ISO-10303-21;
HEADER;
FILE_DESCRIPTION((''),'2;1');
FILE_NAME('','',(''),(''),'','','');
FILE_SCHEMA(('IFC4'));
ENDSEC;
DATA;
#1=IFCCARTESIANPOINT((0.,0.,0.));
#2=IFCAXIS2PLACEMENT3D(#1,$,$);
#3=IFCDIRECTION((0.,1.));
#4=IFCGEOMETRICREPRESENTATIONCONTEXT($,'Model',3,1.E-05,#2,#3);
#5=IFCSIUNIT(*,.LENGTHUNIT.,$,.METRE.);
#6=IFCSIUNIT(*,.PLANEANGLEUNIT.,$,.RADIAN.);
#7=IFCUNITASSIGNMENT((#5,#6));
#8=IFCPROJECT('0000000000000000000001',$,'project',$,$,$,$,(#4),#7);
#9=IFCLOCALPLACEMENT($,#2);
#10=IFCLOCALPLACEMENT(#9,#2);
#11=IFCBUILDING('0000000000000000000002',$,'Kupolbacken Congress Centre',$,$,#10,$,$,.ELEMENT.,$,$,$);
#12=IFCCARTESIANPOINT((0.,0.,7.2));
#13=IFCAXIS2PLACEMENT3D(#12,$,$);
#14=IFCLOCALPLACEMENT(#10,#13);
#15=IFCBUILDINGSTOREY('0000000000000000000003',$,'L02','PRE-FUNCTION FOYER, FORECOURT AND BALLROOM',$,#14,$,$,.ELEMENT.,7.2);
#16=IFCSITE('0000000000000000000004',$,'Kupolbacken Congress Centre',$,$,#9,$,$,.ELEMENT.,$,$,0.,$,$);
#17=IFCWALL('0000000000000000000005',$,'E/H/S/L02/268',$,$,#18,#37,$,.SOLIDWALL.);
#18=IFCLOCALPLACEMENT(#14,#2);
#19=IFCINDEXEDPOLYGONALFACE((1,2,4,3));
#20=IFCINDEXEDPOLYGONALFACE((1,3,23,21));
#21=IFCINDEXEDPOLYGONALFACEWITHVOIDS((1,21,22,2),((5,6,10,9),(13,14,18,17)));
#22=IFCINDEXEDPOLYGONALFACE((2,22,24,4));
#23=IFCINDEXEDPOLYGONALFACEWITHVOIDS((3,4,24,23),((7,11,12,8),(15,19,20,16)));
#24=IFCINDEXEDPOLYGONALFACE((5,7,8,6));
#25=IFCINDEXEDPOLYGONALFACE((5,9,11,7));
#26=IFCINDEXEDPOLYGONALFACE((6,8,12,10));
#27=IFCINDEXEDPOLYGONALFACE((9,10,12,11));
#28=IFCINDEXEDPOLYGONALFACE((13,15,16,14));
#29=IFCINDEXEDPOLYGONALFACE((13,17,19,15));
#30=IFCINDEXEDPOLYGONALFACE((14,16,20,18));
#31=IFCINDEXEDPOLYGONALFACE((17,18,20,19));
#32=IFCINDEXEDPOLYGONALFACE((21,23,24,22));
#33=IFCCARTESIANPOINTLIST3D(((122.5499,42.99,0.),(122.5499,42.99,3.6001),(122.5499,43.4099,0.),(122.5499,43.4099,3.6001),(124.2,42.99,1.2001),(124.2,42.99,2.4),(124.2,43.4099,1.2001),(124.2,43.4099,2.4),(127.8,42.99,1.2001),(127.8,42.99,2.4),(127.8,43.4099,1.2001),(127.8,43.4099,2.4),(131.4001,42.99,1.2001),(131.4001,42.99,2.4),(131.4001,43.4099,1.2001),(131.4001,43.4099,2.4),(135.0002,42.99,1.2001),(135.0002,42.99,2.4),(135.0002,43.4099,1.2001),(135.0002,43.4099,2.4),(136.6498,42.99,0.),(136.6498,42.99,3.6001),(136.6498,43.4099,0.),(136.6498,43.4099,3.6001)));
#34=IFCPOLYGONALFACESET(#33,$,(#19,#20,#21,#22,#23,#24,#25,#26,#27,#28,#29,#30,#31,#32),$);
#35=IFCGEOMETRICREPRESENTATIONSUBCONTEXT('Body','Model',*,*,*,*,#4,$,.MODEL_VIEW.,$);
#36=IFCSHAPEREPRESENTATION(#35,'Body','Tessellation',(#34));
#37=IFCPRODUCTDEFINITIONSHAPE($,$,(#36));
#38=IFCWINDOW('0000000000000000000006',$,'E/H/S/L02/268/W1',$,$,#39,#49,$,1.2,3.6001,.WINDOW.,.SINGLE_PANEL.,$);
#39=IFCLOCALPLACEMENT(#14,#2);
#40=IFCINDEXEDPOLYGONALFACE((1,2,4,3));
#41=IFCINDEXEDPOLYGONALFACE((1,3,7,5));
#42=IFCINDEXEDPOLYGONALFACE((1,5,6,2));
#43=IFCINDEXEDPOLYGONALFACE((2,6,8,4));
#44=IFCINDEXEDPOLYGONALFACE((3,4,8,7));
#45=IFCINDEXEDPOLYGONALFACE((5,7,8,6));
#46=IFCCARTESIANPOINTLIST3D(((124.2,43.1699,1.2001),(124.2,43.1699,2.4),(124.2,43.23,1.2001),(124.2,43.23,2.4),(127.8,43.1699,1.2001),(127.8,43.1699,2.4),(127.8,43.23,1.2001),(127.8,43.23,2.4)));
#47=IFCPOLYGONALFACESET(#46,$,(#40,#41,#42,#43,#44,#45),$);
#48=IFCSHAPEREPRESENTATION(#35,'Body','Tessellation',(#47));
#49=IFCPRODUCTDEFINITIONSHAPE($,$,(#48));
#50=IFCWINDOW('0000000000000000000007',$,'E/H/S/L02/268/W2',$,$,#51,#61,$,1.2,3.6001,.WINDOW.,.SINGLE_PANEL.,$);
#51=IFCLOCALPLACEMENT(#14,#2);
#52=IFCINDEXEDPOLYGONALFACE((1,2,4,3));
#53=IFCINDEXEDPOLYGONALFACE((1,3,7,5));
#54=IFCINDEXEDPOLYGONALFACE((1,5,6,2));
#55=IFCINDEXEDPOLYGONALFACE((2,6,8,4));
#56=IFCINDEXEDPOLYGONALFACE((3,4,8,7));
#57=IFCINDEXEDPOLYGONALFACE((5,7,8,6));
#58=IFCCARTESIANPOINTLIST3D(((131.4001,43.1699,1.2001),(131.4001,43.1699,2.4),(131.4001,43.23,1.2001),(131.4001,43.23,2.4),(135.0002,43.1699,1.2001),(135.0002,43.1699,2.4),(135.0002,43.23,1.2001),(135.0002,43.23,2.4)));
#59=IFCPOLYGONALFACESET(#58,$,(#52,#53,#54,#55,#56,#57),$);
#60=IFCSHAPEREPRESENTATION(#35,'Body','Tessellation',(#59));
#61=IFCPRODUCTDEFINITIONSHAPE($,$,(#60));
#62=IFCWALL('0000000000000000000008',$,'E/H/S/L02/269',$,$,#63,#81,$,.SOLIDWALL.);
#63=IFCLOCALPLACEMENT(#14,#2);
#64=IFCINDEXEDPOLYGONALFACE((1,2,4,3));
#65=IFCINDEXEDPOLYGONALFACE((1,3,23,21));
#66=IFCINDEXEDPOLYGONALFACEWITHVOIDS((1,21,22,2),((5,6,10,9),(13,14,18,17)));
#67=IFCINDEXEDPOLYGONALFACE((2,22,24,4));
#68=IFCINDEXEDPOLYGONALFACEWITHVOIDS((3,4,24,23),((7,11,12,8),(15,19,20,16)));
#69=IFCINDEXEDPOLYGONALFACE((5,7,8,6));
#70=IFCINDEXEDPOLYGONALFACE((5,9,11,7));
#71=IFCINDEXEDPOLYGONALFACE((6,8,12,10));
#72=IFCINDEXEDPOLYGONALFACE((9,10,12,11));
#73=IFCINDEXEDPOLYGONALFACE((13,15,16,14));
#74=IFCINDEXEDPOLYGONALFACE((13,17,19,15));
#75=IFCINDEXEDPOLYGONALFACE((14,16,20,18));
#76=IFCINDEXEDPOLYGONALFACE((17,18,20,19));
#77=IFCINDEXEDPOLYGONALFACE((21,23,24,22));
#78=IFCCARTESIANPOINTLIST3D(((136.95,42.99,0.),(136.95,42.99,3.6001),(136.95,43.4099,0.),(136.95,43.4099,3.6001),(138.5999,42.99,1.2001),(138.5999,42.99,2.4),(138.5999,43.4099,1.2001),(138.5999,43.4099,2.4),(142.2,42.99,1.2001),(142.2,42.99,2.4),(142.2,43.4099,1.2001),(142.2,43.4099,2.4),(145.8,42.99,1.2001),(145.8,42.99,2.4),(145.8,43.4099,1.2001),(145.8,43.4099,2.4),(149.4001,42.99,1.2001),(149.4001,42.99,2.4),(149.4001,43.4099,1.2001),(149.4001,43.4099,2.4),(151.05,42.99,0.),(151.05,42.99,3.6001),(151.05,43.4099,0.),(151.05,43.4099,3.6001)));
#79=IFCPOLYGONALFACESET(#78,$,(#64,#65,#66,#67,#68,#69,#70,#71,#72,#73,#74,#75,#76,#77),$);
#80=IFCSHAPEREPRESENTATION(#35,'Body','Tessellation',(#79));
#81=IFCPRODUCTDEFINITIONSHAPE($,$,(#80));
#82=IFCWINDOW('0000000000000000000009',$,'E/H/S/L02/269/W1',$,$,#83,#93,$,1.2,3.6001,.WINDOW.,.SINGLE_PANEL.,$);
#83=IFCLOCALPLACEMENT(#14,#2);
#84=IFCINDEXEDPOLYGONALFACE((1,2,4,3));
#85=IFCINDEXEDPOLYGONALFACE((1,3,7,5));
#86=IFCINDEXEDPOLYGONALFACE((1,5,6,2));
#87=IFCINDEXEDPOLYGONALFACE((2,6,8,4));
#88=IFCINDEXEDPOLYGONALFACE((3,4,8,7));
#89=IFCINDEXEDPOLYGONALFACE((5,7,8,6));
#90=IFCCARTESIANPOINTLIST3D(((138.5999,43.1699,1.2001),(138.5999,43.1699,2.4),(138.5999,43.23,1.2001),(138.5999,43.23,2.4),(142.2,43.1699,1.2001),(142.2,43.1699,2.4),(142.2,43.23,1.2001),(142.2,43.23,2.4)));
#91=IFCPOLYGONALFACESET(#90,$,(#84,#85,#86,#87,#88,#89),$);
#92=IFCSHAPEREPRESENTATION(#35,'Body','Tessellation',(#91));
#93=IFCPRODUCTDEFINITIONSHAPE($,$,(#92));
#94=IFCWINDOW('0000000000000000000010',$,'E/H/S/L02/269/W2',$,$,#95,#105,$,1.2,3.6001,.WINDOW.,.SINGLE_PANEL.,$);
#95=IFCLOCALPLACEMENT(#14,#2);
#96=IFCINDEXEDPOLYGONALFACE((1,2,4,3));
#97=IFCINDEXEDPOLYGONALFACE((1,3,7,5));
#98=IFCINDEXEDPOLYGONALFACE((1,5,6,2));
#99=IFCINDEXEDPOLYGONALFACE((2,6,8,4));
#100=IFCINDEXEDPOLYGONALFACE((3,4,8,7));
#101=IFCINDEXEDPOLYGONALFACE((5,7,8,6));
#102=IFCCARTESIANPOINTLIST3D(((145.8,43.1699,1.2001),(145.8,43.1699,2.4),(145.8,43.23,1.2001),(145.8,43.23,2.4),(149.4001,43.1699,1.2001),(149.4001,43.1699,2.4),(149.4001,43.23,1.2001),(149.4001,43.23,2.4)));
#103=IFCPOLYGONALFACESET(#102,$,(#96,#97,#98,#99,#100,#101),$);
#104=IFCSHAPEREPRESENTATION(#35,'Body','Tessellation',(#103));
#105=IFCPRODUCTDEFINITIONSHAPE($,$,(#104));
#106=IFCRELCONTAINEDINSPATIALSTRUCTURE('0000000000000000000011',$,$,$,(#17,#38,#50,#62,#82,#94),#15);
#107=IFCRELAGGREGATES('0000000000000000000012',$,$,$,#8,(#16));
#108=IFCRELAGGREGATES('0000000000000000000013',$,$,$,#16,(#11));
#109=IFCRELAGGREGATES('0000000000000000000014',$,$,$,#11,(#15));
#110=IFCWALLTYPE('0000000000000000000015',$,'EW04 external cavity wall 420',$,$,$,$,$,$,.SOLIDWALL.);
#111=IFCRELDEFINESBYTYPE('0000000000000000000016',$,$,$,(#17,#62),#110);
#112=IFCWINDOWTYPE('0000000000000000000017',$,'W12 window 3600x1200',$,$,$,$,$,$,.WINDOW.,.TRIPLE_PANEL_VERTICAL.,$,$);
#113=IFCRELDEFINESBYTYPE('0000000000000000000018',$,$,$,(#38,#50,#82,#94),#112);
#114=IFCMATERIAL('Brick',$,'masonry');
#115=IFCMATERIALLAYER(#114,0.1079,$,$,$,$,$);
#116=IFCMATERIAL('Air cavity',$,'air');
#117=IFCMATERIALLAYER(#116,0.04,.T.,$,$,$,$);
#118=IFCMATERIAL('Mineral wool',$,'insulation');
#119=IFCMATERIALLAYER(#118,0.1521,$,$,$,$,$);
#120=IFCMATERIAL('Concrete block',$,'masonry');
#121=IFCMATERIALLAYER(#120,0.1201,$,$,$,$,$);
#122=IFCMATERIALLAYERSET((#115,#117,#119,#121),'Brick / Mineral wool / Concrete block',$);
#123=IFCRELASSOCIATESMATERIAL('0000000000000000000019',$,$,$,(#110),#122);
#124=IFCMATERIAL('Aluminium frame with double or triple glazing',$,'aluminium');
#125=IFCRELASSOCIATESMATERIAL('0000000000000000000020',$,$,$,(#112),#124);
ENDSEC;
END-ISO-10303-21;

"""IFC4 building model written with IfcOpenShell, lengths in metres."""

from ifc_helpers import new_model, si_unit, direction, frame, frame_2d, origin, place, context, subcontext, project, spatial, rectangle, extrude, material, layer, layer_set, type_object, element, fill, save


model = new_model("IFC4")

# Units and contexts
model_context = context("Model", 3, precision=1e-05, world=origin(), true_north=direction((0.0, 1.0)))
body_context = subcontext(model_context, "Body", "Model", "MODEL_VIEW")
ifc_project = project(units=[si_unit("LENGTHUNIT", "METRE"), si_unit("PLANEANGLEUNIT", "RADIAN")], contexts=[model_context])

# Site, building, storey
site_placement = place(None, origin())
site = spatial("IfcSite", under=ifc_project, at=site_placement, Name="Kupolbacken Congress Centre", CompositionType="ELEMENT", RefElevation=0.0)
building_placement = place(site_placement, origin())
building = spatial("IfcBuilding", under=site, at=building_placement, Name="Kupolbacken Congress Centre", CompositionType="ELEMENT")
storey_placement = place(building_placement, frame((0.0, 0.0, 7.2)))
storey = spatial("IfcBuildingStorey", under=building, at=storey_placement, Name="L02", Description="PRE-FUNCTION FOYER, FORECOURT AND BALLROOM", CompositionType="ELEMENT", Elevation=7.2)

# Walls, openings, windows
ifc_material_1 = material(Name="Brick", Category="masonry")
ifc_layer_1 = layer(ifc_material_1, 0.1079)
ifc_material_2 = material(Name="Air cavity", Category="air")
ifc_layer_2 = layer(ifc_material_2, 0.04, ventilated=True)
ifc_material_3 = material(Name="Mineral wool", Category="insulation")
ifc_layer_3 = layer(ifc_material_3, 0.1521)
ifc_material_4 = material(Name="Concrete block", Category="masonry")
ifc_layer_4 = layer(ifc_material_4, 0.1201)
ifc_layer_set = layer_set([ifc_layer_1, ifc_layer_2, ifc_layer_3, ifc_layer_4], Name="Brick / Mineral wool / Concrete block")
wall_type = type_object("IfcWallType", Name="EW04 external cavity wall 420", PredefinedType="SOLIDWALL", material=ifc_layer_set)
ifc_material_5 = material(Name="Aluminium frame with double or triple glazing", Category="aluminium")
window_type = type_object("IfcWindowType", Name="W12 window 3600x1200", PartitioningType="TRIPLE_PANEL_VERTICAL", PredefinedType="WINDOW", material=ifc_material_5)
wall_1_placement = place(storey_placement, frame((122.55, 43.2, 0.0), z_axis=(0.0, 0.0, 1.0), x_axis=(1.0, 0.0, 0.0)))
wall_1 = element("IfcWall", 1, at=wall_1_placement, inside=storey, type_object=wall_type, Name="E/H/S/L02/268", PredefinedType="SOLIDWALL", context=body_context, shape_type="SweptSolid", body=[
    extrude(rectangle(XDim=14.0999, YDim=0.4199, at=frame_2d((7.0498, 0.0))), origin(), (0.0, 0.0, 1.0), 3.6001),
])
opening_1_placement = place(wall_1_placement, frame((1.6499, 0.0, 1.2)))
opening_1 = element("IfcOpeningElement", 2, at=opening_1_placement, cuts=wall_1, PredefinedType="OPENING", context=body_context, shape_type="SweptSolid", body=[
    extrude(rectangle(XDim=3.6001, YDim=1.2, at=frame_2d((1.8, 0.6001))), frame((0.0, 0.22, 0.0), z_axis=(0.0, -1.0, 0.0), x_axis=(1.0, 0.0, 0.0)), (0.0, 0.0, 1.0), 0.4399),
])
opening_2_placement = place(wall_1_placement, frame((8.8501, 0.0, 1.2)))
opening_2 = element("IfcOpeningElement", 3, at=opening_2_placement, cuts=wall_1, PredefinedType="OPENING", context=body_context, shape_type="SweptSolid", body=[
    extrude(rectangle(XDim=3.6001, YDim=1.2, at=frame_2d((1.8, 0.6001))), frame((0.0, 0.22, 0.0), z_axis=(0.0, -1.0, 0.0), x_axis=(1.0, 0.0, 0.0)), (0.0, 0.0, 1.0), 0.4399),
])
window_1_placement = place(opening_1_placement, origin())
window_1 = element("IfcWindow", 4, at=window_1_placement, inside=storey, type_object=window_type, Name="E/H/S/L02/268/W1", OverallHeight=1.2, OverallWidth=3.6001, PartitioningType="SINGLE_PANEL", PredefinedType="WINDOW", context=body_context, shape_type="SweptSolid", body=[
    extrude(rectangle(XDim=3.6001, YDim=1.2, at=frame_2d((1.8, 0.6001))), frame((0.0, 0.03, 0.0), z_axis=(0.0, -1.0, 0.0), x_axis=(1.0, 0.0, 0.0)), (0.0, 0.0, 1.0), 0.0601),
])
fill(opening_1, window_1)
window_2_placement = place(opening_2_placement, origin())
window_2 = element("IfcWindow", 5, at=window_2_placement, inside=storey, type_object=window_type, Name="E/H/S/L02/268/W2", OverallHeight=1.2, OverallWidth=3.6001, PartitioningType="SINGLE_PANEL", PredefinedType="WINDOW", context=body_context, shape_type="SweptSolid", body=[
    extrude(rectangle(XDim=3.6001, YDim=1.2, at=frame_2d((1.8, 0.6001))), frame((0.0, 0.03, 0.0), z_axis=(0.0, -1.0, 0.0), x_axis=(1.0, 0.0, 0.0)), (0.0, 0.0, 1.0), 0.0601),
])
fill(opening_2, window_2)
wall_2_placement = place(storey_placement, frame((136.95, 43.2, 0.0), z_axis=(0.0, 0.0, 1.0), x_axis=(1.0, 0.0, 0.0)))
wall_2 = element("IfcWall", 6, at=wall_2_placement, inside=storey, type_object=wall_type, Name="E/H/S/L02/269", PredefinedType="SOLIDWALL", context=body_context, shape_type="SweptSolid", body=[
    extrude(rectangle(XDim=14.1001, YDim=0.4199, at=frame_2d((7.05, 0.0))), origin(), (0.0, 0.0, 1.0), 3.6001),
])
opening_3_placement = place(wall_2_placement, frame((1.6499, 0.0, 1.2)))
opening_3 = element("IfcOpeningElement", 7, at=opening_3_placement, cuts=wall_2, PredefinedType="OPENING", context=body_context, shape_type="SweptSolid", body=[
    extrude(rectangle(XDim=3.6001, YDim=1.2, at=frame_2d((1.8, 0.6001))), frame((0.0, 0.22, 0.0), z_axis=(0.0, -1.0, 0.0), x_axis=(1.0, 0.0, 0.0)), (0.0, 0.0, 1.0), 0.4399),
])
opening_4_placement = place(wall_2_placement, frame((8.8501, 0.0, 1.2)))
opening_4 = element("IfcOpeningElement", 8, at=opening_4_placement, cuts=wall_2, PredefinedType="OPENING", context=body_context, shape_type="SweptSolid", body=[
    extrude(rectangle(XDim=3.6001, YDim=1.2, at=frame_2d((1.8, 0.6001))), frame((0.0, 0.22, 0.0), z_axis=(0.0, -1.0, 0.0), x_axis=(1.0, 0.0, 0.0)), (0.0, 0.0, 1.0), 0.4399),
])
window_3_placement = place(opening_3_placement, origin())
window_3 = element("IfcWindow", 9, at=window_3_placement, inside=storey, type_object=window_type, Name="E/H/S/L02/269/W1", OverallHeight=1.2, OverallWidth=3.6001, PartitioningType="SINGLE_PANEL", PredefinedType="WINDOW", context=body_context, shape_type="SweptSolid", body=[
    extrude(rectangle(XDim=3.6001, YDim=1.2, at=frame_2d((1.8, 0.6001))), frame((0.0, 0.03, 0.0), z_axis=(0.0, -1.0, 0.0), x_axis=(1.0, 0.0, 0.0)), (0.0, 0.0, 1.0), 0.0601),
])
fill(opening_3, window_3)
window_4_placement = place(opening_4_placement, origin())
window_4 = element("IfcWindow", 10, at=window_4_placement, inside=storey, type_object=window_type, Name="E/H/S/L02/269/W2", OverallHeight=1.2, OverallWidth=3.6001, PartitioningType="SINGLE_PANEL", PredefinedType="WINDOW", context=body_context, shape_type="SweptSolid", body=[
    extrude(rectangle(XDim=3.6001, YDim=1.2, at=frame_2d((1.8, 0.6001))), frame((0.0, 0.03, 0.0), z_axis=(0.0, -1.0, 0.0), x_axis=(1.0, 0.0, 0.0)), (0.0, 0.0, 1.0), 0.0601),
])
fill(opening_4, window_4)

save(model, "model.ifc")
